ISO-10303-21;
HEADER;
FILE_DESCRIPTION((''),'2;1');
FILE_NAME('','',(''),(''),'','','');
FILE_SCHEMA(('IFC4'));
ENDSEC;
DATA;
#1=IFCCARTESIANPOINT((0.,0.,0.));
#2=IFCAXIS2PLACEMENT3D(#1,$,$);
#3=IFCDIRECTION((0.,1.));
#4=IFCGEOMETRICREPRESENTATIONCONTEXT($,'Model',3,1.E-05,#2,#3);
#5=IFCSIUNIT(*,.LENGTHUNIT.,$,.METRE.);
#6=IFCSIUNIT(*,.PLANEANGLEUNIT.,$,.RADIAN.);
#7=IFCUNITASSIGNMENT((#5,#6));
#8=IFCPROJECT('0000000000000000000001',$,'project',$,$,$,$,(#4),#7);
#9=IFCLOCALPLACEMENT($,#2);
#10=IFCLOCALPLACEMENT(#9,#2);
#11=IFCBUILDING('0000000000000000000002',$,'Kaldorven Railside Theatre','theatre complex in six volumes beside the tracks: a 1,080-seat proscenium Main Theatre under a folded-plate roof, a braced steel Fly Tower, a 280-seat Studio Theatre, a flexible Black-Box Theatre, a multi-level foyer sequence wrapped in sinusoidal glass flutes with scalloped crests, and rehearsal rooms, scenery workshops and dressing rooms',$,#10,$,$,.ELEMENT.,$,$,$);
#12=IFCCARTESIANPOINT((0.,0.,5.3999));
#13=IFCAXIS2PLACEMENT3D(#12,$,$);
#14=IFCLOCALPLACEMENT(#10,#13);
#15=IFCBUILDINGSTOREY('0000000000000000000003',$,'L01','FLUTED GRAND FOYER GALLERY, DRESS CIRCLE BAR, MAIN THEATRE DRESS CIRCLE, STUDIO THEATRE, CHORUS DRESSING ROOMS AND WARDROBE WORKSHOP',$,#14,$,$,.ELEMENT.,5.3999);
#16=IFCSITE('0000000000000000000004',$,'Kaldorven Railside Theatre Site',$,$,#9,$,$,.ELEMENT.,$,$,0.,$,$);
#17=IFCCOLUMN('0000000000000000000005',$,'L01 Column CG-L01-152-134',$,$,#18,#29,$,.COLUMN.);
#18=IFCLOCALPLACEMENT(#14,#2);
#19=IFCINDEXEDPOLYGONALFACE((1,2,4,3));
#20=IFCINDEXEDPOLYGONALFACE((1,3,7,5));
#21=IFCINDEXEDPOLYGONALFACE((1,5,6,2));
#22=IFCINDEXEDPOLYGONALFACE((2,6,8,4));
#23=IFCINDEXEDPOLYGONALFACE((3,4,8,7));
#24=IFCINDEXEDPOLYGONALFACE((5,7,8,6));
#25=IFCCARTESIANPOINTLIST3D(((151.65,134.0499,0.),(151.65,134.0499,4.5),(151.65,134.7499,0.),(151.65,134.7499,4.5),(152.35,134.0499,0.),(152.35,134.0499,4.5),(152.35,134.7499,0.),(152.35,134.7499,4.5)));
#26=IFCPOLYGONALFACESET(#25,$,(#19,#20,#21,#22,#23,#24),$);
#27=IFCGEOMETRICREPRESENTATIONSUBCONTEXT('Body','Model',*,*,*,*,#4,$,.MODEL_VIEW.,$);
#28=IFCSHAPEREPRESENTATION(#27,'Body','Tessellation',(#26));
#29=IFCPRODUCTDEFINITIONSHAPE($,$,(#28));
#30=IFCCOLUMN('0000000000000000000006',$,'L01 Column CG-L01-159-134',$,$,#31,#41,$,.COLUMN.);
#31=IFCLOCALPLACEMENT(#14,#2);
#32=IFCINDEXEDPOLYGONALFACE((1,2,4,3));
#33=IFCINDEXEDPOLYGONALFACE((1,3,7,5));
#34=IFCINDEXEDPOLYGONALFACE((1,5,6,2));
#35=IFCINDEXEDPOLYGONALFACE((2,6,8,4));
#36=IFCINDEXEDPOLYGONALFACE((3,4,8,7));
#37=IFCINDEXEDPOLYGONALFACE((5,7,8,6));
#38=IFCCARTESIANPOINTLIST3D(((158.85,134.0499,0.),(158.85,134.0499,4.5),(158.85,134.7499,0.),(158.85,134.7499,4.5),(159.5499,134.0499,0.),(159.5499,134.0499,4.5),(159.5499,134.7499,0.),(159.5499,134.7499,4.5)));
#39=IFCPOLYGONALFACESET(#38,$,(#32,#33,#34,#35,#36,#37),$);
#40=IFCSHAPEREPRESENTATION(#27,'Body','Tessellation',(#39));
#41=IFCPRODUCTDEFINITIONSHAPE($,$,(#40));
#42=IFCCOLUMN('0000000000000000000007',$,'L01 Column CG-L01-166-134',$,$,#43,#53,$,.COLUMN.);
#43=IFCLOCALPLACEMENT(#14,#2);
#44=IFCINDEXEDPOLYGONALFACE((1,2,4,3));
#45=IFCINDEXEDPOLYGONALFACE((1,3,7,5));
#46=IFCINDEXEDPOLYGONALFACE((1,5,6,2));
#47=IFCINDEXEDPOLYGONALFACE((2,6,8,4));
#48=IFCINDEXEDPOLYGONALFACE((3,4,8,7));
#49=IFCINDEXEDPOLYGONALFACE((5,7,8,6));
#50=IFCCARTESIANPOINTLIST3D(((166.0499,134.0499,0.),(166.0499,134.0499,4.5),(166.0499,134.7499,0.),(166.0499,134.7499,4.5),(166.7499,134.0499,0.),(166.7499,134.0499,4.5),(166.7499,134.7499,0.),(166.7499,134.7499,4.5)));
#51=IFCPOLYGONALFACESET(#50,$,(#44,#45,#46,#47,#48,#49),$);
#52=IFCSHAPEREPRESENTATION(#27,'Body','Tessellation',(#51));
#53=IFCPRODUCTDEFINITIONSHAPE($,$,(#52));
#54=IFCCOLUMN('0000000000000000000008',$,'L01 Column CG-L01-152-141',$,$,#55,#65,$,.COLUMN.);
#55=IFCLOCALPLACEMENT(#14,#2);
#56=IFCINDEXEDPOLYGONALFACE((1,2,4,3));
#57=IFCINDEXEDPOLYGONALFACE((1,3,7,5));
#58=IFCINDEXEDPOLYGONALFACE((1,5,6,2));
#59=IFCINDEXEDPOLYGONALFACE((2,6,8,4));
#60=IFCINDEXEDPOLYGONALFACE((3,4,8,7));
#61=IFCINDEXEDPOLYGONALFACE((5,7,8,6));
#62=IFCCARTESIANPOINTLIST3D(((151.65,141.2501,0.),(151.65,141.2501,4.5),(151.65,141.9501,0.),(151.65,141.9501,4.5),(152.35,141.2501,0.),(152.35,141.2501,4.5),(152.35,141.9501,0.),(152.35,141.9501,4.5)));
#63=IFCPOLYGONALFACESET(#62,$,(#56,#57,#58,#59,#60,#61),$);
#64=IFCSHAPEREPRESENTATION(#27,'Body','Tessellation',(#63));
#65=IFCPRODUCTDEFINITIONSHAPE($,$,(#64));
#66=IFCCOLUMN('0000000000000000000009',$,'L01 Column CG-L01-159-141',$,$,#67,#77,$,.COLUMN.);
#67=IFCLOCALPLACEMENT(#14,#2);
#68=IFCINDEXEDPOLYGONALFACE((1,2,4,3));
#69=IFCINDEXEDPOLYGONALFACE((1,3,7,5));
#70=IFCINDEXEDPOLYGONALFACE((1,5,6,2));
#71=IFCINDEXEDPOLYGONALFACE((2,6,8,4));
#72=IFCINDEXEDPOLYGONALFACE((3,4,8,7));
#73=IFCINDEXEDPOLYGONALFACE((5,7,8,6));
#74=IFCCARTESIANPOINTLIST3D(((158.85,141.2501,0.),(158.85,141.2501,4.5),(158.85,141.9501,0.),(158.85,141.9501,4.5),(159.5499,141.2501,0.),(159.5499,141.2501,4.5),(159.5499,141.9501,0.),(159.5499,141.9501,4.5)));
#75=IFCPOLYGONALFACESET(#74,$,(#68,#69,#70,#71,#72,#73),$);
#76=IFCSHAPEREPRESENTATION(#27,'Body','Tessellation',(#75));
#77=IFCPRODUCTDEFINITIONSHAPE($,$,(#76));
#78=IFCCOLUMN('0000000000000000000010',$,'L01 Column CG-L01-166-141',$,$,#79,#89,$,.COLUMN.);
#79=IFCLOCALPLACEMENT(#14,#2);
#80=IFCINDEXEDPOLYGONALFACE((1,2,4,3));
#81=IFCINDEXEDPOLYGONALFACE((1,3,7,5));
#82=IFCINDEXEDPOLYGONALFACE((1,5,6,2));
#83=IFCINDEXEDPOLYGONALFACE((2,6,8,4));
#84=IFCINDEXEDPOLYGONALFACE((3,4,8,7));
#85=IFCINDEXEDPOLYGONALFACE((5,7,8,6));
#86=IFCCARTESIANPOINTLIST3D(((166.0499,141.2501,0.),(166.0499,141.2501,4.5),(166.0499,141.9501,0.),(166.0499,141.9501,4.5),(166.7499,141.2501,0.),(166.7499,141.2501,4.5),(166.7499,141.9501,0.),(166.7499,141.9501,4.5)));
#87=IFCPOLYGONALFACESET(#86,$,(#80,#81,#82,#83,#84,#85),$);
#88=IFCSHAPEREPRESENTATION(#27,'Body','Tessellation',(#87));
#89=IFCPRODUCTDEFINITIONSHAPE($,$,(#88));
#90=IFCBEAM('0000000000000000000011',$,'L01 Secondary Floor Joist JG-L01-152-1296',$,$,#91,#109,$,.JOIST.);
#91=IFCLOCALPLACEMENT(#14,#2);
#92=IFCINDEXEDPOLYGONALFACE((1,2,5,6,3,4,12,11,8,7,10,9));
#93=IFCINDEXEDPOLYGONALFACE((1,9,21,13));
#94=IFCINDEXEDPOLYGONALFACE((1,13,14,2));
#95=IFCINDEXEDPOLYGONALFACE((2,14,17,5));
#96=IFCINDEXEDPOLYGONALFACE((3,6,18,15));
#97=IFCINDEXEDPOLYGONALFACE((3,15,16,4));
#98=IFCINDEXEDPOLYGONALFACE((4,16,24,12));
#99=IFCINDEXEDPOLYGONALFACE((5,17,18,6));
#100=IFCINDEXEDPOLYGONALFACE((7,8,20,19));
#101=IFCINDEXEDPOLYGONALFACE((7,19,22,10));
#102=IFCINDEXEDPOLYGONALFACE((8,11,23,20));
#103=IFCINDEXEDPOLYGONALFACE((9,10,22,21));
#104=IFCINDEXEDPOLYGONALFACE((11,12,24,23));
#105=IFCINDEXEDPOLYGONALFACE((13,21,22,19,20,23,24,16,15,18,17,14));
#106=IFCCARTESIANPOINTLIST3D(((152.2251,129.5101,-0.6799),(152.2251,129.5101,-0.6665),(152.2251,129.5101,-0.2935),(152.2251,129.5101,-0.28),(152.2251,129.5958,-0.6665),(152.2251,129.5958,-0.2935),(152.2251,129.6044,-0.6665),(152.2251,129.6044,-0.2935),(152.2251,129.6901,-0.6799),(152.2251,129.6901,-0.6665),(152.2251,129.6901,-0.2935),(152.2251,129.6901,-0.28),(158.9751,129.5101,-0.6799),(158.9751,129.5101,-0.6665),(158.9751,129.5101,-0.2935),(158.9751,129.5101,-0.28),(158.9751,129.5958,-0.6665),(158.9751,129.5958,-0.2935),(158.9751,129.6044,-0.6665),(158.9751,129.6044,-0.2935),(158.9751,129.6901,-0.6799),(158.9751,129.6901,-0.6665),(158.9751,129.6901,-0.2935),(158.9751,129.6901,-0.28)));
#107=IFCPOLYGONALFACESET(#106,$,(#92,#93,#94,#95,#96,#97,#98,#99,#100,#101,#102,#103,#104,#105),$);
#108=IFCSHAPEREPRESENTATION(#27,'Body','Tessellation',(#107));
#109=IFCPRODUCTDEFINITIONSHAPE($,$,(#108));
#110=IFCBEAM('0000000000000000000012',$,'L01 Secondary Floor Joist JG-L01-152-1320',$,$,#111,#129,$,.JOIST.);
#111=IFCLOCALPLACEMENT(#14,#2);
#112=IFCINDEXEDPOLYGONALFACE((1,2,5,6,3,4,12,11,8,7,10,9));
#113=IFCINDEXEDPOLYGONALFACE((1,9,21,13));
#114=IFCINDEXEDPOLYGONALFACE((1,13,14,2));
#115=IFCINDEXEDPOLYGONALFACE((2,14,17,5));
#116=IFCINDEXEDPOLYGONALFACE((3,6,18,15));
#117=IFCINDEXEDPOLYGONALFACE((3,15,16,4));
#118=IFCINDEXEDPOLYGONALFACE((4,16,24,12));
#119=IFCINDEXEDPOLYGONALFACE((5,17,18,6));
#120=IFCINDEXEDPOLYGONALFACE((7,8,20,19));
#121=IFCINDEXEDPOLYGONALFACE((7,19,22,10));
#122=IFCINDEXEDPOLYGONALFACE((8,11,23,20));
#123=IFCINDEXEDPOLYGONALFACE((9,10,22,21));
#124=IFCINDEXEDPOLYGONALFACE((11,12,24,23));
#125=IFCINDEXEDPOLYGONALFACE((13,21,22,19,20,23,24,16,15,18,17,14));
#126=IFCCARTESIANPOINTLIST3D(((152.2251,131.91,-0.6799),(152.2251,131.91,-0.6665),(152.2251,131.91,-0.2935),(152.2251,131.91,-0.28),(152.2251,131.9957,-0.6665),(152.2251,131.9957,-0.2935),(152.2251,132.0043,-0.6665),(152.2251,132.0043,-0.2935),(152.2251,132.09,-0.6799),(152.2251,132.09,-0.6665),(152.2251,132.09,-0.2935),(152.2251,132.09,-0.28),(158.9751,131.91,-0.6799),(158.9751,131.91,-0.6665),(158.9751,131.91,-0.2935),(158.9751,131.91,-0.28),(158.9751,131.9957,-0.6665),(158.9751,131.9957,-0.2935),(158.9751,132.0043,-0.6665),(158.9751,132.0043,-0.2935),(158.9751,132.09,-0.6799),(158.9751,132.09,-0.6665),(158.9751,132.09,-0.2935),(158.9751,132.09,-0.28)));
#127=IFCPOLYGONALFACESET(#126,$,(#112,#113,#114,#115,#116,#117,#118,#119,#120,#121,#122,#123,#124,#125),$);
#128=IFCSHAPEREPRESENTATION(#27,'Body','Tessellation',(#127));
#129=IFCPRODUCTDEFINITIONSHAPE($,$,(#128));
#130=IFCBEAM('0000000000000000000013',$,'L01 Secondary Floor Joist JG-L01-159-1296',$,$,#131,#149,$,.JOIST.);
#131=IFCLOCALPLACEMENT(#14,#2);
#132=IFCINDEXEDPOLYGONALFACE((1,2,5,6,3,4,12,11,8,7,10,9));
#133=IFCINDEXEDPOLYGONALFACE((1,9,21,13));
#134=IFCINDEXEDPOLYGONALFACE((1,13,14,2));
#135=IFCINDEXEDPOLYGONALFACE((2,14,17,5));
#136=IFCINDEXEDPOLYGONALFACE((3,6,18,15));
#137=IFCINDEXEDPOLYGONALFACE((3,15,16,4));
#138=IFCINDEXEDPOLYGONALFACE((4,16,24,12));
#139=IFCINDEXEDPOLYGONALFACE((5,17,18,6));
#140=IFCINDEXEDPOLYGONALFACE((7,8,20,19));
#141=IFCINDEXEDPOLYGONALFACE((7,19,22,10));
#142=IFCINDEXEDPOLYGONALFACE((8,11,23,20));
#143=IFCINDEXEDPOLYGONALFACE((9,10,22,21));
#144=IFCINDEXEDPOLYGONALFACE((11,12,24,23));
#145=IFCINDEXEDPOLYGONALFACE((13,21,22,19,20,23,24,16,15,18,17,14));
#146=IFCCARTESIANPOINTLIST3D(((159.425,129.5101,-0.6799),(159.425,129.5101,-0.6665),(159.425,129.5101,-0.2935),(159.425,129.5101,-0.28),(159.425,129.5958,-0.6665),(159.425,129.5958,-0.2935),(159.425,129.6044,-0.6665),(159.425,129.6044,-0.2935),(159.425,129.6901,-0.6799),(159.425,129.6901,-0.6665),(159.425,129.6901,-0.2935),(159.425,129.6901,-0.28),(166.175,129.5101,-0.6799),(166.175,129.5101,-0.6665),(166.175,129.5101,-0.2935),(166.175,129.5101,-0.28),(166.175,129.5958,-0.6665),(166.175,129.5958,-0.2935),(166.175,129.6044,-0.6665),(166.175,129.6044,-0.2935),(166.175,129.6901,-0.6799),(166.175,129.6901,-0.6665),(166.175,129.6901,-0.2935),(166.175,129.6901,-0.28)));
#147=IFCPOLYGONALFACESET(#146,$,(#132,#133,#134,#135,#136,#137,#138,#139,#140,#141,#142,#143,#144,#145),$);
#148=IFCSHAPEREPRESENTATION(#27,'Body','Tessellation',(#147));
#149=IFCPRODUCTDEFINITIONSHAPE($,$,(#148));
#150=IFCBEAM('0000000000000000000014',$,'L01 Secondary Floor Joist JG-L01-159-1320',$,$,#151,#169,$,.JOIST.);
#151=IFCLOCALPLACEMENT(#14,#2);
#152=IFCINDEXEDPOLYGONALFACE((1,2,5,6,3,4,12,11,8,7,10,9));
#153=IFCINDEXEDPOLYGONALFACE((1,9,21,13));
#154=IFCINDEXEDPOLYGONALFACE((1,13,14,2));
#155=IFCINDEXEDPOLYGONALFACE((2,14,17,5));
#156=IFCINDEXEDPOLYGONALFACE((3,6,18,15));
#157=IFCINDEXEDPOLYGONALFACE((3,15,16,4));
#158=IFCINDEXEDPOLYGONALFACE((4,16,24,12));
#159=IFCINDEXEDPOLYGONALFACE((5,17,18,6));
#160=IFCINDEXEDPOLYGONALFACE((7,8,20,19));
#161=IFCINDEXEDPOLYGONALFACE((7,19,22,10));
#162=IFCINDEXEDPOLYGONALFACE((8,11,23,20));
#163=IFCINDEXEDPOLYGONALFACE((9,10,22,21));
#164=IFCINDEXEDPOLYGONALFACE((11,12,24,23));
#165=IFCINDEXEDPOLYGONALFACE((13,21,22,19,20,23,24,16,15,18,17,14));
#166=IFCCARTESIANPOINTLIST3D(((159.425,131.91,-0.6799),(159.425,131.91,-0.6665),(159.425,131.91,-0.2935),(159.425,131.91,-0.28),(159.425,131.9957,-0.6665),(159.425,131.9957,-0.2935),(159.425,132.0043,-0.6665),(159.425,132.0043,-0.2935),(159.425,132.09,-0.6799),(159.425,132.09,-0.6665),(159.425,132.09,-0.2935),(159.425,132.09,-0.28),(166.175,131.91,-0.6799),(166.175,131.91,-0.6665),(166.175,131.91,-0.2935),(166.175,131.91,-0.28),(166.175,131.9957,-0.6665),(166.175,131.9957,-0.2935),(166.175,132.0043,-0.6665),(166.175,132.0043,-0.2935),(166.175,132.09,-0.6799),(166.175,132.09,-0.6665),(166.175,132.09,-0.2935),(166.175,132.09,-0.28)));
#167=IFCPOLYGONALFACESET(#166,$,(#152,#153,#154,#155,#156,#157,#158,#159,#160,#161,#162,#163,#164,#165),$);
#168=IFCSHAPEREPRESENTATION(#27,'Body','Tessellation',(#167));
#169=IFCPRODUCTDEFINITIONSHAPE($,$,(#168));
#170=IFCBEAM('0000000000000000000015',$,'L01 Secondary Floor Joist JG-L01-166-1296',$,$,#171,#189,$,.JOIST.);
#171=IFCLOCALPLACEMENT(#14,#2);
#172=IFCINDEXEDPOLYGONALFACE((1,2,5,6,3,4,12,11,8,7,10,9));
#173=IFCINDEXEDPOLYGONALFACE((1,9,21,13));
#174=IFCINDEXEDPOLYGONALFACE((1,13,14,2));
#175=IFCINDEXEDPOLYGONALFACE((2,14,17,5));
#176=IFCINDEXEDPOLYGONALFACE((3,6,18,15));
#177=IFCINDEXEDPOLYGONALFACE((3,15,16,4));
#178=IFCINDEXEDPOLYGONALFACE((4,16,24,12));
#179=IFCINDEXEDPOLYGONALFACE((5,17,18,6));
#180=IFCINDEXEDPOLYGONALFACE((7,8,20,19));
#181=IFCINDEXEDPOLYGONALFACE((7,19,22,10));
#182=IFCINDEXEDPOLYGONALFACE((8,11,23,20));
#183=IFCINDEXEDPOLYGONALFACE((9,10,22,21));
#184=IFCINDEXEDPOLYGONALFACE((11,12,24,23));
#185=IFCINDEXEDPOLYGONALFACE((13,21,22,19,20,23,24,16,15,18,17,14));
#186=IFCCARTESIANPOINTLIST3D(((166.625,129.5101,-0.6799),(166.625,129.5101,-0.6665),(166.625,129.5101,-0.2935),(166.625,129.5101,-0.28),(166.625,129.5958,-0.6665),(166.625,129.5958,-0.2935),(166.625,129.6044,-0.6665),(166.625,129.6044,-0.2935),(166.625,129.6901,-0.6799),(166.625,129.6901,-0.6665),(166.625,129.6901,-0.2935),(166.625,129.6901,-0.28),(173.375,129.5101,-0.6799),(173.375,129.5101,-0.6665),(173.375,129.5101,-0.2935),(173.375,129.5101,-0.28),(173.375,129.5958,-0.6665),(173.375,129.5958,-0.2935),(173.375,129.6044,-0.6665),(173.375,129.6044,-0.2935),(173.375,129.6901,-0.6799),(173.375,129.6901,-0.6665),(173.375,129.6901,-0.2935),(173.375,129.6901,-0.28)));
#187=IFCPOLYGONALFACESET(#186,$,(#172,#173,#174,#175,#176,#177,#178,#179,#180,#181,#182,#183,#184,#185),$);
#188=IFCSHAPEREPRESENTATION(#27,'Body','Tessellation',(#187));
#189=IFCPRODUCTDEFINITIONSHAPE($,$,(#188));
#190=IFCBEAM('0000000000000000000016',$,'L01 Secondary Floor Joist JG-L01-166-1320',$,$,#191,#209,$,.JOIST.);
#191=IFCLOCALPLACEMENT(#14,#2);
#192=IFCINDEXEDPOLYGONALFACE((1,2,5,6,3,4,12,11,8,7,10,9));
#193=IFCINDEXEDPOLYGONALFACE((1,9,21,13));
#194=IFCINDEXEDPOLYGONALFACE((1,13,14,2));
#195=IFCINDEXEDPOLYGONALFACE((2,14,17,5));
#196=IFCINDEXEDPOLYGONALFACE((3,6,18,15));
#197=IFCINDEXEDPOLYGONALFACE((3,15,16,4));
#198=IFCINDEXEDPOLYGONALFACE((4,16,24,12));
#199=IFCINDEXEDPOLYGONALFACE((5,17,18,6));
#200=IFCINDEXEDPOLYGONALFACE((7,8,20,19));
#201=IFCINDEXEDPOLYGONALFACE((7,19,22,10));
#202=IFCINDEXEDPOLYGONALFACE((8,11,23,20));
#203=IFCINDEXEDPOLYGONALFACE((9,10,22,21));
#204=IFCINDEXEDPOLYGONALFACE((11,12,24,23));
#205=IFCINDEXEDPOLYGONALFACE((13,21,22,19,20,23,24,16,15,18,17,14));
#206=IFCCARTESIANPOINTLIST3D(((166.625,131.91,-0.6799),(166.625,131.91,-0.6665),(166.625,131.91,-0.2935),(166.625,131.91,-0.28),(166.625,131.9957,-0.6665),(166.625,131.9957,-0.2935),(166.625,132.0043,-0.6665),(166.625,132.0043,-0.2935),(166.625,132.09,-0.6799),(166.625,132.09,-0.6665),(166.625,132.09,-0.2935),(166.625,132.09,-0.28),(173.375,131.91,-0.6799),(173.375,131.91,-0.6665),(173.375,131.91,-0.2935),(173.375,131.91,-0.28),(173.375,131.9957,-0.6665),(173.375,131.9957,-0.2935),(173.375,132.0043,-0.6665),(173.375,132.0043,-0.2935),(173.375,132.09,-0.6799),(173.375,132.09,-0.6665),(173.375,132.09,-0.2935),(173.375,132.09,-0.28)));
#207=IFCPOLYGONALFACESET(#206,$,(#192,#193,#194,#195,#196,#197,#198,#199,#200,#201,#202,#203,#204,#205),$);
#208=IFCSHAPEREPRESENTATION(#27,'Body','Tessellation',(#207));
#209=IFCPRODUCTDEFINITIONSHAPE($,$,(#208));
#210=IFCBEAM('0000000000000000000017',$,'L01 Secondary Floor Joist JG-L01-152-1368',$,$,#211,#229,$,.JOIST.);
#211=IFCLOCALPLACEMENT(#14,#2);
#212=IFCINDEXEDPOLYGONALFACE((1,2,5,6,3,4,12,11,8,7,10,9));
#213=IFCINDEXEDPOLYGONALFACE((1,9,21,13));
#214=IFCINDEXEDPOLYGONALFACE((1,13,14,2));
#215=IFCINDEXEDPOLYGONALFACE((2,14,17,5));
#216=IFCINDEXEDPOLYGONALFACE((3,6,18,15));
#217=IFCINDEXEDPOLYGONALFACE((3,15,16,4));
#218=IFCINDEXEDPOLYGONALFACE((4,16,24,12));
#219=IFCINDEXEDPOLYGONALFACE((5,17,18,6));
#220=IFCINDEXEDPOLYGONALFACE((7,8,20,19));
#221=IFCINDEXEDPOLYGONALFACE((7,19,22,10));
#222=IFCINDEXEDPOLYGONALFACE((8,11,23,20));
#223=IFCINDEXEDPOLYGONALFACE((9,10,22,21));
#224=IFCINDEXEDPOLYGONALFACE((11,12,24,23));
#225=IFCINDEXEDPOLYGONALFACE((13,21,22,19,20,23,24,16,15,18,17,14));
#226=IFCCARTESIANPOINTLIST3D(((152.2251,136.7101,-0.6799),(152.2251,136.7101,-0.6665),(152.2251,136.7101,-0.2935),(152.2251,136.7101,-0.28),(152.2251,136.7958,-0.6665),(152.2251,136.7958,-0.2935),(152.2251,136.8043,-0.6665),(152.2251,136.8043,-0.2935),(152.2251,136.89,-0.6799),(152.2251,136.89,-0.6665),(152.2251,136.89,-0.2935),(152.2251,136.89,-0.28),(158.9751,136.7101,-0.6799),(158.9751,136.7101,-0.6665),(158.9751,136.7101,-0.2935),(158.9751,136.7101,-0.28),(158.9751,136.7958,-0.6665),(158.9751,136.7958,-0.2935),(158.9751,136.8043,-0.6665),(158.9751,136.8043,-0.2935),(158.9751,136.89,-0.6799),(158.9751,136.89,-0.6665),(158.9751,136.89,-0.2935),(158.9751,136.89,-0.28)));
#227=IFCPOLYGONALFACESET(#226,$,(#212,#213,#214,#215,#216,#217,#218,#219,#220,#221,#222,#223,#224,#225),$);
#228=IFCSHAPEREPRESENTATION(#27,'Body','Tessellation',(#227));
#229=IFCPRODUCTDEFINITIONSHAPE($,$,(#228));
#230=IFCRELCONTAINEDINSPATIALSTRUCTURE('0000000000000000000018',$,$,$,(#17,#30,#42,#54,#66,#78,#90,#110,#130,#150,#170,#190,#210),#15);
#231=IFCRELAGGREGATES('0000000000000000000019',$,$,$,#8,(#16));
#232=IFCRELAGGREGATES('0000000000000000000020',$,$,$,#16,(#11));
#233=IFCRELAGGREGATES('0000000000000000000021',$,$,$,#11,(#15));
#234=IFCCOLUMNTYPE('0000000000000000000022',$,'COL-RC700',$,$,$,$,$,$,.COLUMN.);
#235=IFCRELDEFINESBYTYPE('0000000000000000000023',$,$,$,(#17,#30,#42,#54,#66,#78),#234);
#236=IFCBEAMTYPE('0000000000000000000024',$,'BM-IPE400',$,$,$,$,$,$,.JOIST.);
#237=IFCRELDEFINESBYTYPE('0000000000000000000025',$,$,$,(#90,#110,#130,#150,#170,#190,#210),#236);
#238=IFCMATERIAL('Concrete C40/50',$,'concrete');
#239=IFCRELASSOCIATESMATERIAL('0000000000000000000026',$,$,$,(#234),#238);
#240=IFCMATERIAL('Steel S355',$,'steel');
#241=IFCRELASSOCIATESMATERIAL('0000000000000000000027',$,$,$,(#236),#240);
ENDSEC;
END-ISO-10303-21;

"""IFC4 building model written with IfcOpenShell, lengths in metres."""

from ifc_helpers import new_model, si_unit, direction, frame, origin, origin_2d, place, context, subcontext, project, spatial, rectangle, i_section, extrude, material, material_profile, profile_set, type_object, element, save


model = new_model("IFC4")

# Units and contexts
model_context = context("Model", 3, precision=1e-05, world=origin(), true_north=direction((0.0, 1.0)))
body_context = subcontext(model_context, "Body", "Model", "MODEL_VIEW")
ifc_project = project(units=[si_unit("LENGTHUNIT", "METRE"), si_unit("PLANEANGLEUNIT", "RADIAN")], contexts=[model_context])

# Site, building, storey
site_placement = place(None, origin())
site = spatial("IfcSite", under=ifc_project, at=site_placement, Name="Kaldorven Railside Theatre Site", CompositionType="ELEMENT", RefElevation=0.0)
building_placement = place(site_placement, origin())
building = spatial("IfcBuilding", under=site, at=building_placement, Name="Kaldorven Railside Theatre", Description="theatre complex in six volumes beside the tracks: a 1,080-seat proscenium Main Theatre under a folded-plate roof, a braced steel Fly Tower, a 280-seat Studio Theatre, a flexible Black-Box Theatre, a multi-level foyer sequence wrapped in sinusoidal glass flutes with scalloped crests, and rehearsal rooms, scenery workshops and dressing rooms", CompositionType="ELEMENT")
storey_placement = place(building_placement, frame((0.0, 0.0, 5.3999)))
storey = spatial("IfcBuildingStorey", under=building, at=storey_placement, Name="L01", Description="FLUTED GRAND FOYER GALLERY, DRESS CIRCLE BAR, MAIN THEATRE DRESS CIRCLE, STUDIO THEATRE, CHORUS DRESSING ROOMS AND WARDROBE WORKSHOP", CompositionType="ELEMENT", Elevation=5.3999)

# Columns
ifc_material_1 = material(Name="Concrete C40/50", Category="concrete")
ifc_material_profile_1 = material_profile(ifc_material_1, rectangle(XDim=0.7, YDim=0.7, at=origin_2d()), Name="RC 700x700")
ifc_profile_set_1 = profile_set([ifc_material_profile_1], Name="Concrete C40/50")
column_type = type_object("IfcColumnType", Name="COL-RC700", PredefinedType="COLUMN", material=ifc_profile_set_1)
for number, where, z_axis, x_axis, name in (
    (1, (152.0, 134.3999, 0.0), (0.0, 0.0, 1.0), (1.0, 0.0, 0.0), "L01 Column CG-L01-152-134"),
    (2, (159.2, 134.3999, 0.0), (0.0, 0.0, 1.0), (0.0, 1.0, 0.0), "L01 Column CG-L01-159-134"),
    (3, (166.3999, 134.3999, 0.0), (0.0, 0.0, 1.0), (1.0, 0.0, 0.0), "L01 Column CG-L01-166-134"),
    (4, (152.0, 141.6001, 0.0), (0.0, 0.0, 1.0), (0.0, 1.0, 0.0), "L01 Column CG-L01-152-141"),
    (5, (159.2, 141.6001, 0.0), (0.0, 0.0, 1.0), (1.0, 0.0, 0.0), "L01 Column CG-L01-159-141"),
    (6, (166.3999, 141.6001, 0.0), (0.0, 0.0, 1.0), (1.0, 0.0, 0.0), "L01 Column CG-L01-166-141"),
):
    element("IfcColumn", number, at=place(storey_placement, frame(where, z_axis=z_axis, x_axis=x_axis)), inside=storey, type_object=column_type, Name=name, PredefinedType="COLUMN", context=body_context, shape_type="SweptSolid", body=[
        extrude(rectangle(XDim=0.7, YDim=0.7, at=origin_2d()), origin(), (0.0, 0.0, 1.0), 4.5),
    ])

# Beams
ifc_material_2 = material(Name="Steel S355", Category="steel")
ifc_material_profile_2 = material_profile(ifc_material_2, i_section(OverallWidth=0.1799, OverallDepth=0.3999, WebThickness=0.0085, FlangeThickness=0.0134, at=origin_2d()), Name="IPE 400")
ifc_profile_set_2 = profile_set([ifc_material_profile_2], Name="Steel S355")
beam_type_1 = type_object("IfcBeamType", Name="BM-IPE400", PredefinedType="JOIST", material=ifc_profile_set_2)
for number, where, z_axis, x_axis, name in (
    (7, (152.2251, 129.6001, -0.48), (1.0, 0.0, 0.0), (0.0, 1.0, 0.0), "L01 Secondary Floor Joist JG-L01-152-1296"),
    (8, (152.2251, 132.0, -0.48), (1.0, 0.0, 0.0), (0.0, 1.0, 0.0), "L01 Secondary Floor Joist JG-L01-152-1320"),
    (9, (159.425, 129.6001, -0.48), (1.0, 0.0, 0.0), (0.0, 1.0, 0.0), "L01 Secondary Floor Joist JG-L01-159-1296"),
    (10, (159.425, 132.0, -0.48), (1.0, 0.0, 0.0), (0.0, 1.0, 0.0), "L01 Secondary Floor Joist JG-L01-159-1320"),
    (11, (166.625, 129.6001, -0.48), (1.0, 0.0, 0.0), (0.0, 1.0, 0.0), "L01 Secondary Floor Joist JG-L01-166-1296"),
    (12, (166.625, 132.0, -0.48), (1.0, 0.0, 0.0), (0.0, 1.0, 0.0), "L01 Secondary Floor Joist JG-L01-166-1320"),
    (13, (152.2251, 136.8, -0.48), (1.0, 0.0, 0.0), (0.0, 1.0, 0.0), "L01 Secondary Floor Joist JG-L01-152-1368"),
):
    element("IfcBeam", number, at=place(storey_placement, frame(where, z_axis=z_axis, x_axis=x_axis)), inside=storey, type_object=beam_type_1, Name=name, PredefinedType="JOIST", context=body_context, shape_type="SweptSolid", body=[
        extrude(i_section(OverallWidth=0.1799, OverallDepth=0.3999, WebThickness=0.0085, FlangeThickness=0.0134, at=origin_2d()), origin(), (0.0, 0.0, 1.0), 6.75),
    ])

save(model, "model.ifc")
